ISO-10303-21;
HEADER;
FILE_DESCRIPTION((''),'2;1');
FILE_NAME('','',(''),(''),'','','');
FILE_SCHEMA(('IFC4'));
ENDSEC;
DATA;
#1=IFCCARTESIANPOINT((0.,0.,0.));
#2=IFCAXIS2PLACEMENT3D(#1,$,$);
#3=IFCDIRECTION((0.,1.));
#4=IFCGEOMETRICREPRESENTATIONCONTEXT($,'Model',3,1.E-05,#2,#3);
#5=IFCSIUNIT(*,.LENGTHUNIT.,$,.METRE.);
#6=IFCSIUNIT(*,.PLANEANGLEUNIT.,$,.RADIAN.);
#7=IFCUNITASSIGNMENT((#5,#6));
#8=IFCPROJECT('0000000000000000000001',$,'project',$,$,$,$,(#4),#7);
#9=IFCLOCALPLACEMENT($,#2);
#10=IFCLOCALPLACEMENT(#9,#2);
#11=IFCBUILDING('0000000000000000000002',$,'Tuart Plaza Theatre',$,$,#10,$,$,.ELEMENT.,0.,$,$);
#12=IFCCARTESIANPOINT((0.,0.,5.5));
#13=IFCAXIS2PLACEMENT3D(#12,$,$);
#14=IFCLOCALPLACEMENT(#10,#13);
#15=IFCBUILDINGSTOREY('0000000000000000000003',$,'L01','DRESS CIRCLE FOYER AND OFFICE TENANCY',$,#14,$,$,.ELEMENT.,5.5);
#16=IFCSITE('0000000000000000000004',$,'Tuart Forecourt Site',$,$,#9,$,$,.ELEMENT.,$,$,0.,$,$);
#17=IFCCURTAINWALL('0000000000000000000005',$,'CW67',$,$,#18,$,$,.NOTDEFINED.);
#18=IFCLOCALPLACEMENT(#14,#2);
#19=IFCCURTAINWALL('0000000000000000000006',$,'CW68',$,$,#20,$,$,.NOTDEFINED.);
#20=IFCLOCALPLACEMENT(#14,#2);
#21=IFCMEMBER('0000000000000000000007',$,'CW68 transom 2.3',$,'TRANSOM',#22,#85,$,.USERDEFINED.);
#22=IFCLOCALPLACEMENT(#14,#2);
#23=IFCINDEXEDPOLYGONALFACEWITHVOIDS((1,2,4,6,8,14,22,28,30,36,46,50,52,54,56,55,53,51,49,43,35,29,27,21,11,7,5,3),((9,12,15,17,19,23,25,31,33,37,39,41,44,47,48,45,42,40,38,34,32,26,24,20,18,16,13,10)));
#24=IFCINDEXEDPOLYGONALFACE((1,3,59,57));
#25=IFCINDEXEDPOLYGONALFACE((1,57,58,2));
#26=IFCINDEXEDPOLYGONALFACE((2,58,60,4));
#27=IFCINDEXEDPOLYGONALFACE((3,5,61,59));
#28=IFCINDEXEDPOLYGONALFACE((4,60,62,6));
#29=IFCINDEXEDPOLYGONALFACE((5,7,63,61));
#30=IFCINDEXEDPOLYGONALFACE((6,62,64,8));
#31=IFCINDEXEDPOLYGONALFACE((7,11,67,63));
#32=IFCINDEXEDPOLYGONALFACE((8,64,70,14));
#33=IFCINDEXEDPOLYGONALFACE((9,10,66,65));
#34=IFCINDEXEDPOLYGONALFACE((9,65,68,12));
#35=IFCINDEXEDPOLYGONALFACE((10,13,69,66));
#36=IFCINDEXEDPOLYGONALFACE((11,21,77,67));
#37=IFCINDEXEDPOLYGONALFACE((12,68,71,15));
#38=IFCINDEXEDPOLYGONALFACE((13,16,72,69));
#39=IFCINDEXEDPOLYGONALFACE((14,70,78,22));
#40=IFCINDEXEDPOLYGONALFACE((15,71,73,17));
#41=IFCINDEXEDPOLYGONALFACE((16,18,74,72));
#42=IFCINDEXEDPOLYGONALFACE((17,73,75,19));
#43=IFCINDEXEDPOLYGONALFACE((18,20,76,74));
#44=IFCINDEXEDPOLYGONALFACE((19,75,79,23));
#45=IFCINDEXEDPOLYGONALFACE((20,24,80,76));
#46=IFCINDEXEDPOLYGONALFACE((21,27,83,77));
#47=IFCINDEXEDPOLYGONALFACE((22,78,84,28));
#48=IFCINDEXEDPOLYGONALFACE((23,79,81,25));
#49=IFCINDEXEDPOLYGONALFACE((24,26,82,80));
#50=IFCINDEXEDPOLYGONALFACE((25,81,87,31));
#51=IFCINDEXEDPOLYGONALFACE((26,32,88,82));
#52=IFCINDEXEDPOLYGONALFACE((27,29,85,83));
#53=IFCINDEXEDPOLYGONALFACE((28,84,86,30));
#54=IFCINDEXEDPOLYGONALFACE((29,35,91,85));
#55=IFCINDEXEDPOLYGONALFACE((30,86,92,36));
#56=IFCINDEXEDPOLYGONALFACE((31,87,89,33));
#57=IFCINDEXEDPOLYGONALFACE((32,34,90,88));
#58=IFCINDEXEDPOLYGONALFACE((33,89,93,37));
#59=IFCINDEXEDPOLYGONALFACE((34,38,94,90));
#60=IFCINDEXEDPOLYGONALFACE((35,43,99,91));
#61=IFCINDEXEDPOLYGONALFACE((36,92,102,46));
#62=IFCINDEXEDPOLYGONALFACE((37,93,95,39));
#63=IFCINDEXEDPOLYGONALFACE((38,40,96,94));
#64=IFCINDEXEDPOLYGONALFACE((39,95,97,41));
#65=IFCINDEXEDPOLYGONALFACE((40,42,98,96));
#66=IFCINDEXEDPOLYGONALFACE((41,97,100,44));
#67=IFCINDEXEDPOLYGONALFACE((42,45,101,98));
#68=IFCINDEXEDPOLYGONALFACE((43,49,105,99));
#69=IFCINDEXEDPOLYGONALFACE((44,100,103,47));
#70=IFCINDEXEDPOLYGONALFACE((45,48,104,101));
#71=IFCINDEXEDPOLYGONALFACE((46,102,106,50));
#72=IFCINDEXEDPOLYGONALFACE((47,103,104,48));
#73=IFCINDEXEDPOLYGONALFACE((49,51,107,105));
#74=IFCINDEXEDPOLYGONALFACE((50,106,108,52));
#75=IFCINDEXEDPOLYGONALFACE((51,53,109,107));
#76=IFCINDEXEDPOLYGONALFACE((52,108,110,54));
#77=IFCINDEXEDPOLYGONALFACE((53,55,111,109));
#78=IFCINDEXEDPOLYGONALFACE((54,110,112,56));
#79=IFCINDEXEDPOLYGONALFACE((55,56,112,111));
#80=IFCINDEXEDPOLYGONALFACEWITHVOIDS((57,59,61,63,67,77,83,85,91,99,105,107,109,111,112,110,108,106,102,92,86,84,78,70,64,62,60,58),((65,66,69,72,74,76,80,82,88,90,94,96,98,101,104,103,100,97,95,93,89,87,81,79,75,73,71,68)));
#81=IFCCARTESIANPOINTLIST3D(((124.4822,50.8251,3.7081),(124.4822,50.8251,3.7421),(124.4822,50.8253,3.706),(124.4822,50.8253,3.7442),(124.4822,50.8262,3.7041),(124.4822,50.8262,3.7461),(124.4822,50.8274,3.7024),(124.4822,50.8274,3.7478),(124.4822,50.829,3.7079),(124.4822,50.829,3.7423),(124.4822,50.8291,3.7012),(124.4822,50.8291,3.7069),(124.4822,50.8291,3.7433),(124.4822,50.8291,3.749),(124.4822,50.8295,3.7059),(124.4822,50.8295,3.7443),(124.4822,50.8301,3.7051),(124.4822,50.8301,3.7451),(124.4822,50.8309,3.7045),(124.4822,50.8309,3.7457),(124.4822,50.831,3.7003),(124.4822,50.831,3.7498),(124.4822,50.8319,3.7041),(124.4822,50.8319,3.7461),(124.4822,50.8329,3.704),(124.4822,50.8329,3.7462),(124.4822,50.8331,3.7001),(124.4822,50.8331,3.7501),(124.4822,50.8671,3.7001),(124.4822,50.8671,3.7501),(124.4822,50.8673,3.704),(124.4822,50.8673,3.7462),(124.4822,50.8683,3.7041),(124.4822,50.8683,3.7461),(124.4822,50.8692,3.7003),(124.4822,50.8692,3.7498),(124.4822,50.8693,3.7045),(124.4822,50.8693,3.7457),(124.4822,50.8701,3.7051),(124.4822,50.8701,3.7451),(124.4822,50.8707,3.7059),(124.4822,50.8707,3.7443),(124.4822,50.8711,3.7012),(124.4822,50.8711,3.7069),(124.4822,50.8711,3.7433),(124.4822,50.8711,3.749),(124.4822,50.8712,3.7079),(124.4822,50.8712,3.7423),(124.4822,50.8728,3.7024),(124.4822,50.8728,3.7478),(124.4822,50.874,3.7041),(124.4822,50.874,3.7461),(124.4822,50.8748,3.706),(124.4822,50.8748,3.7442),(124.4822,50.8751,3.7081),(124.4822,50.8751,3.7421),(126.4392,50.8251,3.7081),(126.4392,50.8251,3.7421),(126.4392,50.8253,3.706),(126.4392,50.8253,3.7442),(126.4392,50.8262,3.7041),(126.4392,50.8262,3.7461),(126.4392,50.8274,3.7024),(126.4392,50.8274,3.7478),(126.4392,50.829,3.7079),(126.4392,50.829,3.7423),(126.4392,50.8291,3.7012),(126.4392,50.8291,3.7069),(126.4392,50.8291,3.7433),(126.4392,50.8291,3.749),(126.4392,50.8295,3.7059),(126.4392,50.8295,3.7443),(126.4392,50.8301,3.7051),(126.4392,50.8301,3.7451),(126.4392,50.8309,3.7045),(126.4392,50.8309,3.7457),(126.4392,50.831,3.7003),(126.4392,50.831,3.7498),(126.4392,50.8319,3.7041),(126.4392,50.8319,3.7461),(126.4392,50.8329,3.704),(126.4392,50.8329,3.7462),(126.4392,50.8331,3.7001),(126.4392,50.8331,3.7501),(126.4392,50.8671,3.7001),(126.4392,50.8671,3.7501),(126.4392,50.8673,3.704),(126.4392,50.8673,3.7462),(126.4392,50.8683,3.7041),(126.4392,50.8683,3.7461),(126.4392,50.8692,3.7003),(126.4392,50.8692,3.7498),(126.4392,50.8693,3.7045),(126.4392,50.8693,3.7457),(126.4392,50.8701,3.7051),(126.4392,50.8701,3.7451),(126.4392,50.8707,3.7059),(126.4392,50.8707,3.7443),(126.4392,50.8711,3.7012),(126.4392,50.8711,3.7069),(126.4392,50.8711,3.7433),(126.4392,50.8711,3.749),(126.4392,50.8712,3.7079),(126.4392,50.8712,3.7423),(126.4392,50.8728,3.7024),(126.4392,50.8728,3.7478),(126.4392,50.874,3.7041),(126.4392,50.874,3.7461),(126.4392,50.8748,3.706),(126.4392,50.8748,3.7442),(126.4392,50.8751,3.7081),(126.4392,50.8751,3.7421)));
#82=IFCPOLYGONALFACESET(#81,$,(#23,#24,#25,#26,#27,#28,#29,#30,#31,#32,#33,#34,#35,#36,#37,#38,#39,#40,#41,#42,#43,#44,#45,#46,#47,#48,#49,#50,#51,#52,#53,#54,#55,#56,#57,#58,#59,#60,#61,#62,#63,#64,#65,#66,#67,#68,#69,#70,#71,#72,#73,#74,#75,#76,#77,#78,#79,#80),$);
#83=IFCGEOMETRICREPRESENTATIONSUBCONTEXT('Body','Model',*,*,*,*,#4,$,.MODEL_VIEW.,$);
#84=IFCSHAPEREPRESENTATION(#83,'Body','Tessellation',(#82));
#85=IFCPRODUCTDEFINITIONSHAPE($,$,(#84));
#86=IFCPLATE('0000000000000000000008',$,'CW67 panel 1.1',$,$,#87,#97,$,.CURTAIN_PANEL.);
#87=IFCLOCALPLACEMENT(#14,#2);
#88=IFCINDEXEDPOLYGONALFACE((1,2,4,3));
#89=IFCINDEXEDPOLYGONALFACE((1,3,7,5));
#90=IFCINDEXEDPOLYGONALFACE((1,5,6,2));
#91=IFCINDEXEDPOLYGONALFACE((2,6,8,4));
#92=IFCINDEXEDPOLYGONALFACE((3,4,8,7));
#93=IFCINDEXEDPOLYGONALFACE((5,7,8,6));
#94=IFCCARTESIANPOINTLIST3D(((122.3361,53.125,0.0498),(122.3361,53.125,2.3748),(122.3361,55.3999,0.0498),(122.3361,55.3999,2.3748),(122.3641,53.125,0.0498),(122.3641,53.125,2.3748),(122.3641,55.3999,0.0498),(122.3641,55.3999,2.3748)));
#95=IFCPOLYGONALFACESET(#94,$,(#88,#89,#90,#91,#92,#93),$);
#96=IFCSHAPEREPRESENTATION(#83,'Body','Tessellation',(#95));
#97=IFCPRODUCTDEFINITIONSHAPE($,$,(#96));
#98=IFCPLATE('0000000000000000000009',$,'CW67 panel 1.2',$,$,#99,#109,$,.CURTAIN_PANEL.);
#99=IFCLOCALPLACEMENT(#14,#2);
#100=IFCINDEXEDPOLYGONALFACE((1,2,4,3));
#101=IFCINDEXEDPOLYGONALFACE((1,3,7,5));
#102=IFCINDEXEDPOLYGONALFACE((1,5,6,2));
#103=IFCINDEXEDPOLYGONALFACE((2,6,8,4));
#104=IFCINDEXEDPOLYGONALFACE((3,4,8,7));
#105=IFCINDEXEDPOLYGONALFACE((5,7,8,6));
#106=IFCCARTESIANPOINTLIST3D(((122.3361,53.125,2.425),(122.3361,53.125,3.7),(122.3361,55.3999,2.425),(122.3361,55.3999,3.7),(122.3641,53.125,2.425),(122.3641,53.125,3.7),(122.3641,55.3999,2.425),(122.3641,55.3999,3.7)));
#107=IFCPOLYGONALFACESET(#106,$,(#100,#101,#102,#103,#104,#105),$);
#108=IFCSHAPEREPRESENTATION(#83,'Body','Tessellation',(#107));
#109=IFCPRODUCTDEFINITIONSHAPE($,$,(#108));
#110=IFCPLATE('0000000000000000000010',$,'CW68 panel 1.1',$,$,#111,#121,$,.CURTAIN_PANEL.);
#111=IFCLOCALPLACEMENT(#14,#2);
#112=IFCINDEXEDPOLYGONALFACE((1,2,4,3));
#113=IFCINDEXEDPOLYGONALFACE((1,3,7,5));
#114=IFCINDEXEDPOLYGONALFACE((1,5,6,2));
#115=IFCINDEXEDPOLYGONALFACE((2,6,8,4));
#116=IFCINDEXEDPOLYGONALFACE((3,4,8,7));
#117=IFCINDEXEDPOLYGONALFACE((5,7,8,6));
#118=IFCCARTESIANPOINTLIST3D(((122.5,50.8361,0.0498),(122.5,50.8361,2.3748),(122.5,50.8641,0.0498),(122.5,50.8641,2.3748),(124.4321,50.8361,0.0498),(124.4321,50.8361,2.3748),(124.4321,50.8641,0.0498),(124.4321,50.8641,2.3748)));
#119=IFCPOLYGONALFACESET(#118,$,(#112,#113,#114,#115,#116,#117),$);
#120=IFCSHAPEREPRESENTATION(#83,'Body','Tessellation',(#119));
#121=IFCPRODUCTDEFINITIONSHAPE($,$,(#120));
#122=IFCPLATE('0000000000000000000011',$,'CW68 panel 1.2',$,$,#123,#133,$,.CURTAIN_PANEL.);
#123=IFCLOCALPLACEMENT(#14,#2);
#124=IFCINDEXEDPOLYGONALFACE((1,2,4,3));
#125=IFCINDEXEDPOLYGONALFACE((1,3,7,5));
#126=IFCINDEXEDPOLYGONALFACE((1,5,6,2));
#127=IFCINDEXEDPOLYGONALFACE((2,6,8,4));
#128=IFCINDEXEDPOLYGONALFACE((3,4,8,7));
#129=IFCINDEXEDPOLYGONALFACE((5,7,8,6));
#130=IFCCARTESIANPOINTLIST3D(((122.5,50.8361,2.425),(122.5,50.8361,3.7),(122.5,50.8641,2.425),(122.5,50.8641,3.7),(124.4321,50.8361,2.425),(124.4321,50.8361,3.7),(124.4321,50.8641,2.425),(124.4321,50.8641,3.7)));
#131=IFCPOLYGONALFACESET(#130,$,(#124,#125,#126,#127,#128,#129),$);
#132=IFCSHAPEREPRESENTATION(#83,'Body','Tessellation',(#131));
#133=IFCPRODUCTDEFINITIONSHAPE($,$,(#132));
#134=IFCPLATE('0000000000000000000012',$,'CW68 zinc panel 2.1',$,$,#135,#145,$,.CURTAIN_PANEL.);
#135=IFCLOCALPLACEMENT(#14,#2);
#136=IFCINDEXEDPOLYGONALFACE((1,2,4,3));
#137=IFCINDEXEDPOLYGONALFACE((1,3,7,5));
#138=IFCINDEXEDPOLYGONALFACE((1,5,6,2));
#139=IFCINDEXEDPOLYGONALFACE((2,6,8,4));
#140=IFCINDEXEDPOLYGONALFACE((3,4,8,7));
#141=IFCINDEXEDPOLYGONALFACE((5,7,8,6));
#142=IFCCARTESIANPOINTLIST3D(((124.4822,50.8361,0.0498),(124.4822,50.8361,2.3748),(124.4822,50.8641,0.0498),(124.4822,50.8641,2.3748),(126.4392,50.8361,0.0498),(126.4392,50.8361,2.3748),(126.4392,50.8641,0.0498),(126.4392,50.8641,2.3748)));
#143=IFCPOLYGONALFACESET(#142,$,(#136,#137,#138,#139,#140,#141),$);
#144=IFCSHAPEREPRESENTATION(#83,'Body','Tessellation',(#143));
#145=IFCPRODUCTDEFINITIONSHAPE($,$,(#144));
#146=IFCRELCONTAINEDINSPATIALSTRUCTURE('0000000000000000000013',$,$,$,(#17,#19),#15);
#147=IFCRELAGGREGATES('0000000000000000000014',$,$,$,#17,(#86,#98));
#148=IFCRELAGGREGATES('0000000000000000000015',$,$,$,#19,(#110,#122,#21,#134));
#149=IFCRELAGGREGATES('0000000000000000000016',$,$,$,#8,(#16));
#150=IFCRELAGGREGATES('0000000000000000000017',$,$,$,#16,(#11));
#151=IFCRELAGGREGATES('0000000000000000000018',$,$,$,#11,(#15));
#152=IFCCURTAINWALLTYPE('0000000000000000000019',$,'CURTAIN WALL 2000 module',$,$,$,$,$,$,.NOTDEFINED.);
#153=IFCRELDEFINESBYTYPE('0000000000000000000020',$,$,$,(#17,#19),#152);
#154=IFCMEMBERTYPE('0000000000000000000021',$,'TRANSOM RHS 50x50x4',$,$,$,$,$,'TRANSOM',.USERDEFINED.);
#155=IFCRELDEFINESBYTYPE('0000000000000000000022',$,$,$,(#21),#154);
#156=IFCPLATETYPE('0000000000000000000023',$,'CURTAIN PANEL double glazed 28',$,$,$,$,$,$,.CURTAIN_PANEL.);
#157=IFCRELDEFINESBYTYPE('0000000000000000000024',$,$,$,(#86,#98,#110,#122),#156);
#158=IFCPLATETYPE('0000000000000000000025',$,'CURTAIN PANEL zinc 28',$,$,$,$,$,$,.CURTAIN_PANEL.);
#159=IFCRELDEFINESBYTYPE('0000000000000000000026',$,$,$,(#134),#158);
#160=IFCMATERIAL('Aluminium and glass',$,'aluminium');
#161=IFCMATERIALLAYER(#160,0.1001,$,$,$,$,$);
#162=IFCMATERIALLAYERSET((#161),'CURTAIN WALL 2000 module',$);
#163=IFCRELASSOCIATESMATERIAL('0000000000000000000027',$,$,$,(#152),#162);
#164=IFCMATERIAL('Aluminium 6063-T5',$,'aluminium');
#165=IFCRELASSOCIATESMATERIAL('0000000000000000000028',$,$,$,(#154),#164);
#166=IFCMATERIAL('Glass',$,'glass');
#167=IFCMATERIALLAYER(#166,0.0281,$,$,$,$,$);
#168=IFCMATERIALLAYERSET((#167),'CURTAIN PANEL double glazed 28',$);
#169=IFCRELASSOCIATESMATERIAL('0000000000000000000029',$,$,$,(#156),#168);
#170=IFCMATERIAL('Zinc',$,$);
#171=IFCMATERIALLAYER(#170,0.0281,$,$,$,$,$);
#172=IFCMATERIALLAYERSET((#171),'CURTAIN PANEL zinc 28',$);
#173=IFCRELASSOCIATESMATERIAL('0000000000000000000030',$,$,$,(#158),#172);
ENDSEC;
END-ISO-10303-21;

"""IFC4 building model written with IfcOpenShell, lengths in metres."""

from ifc_helpers import new_model, si_unit, direction, frame, origin, origin_2d, place, context, subcontext, project, spatial, rectangle, hollow_rectangle, extrude, material, layer, layer_set, material_profile, profile_set, type_object, element, aggregate, save


model = new_model("IFC4")

# Units and contexts
model_context = context("Model", 3, precision=1e-05, world=origin(), true_north=direction((0.0, 1.0)))
body_context = subcontext(model_context, "Body", "Model", "MODEL_VIEW")
ifc_project = project(units=[si_unit("LENGTHUNIT", "METRE"), si_unit("PLANEANGLEUNIT", "RADIAN")], contexts=[model_context])

# Site, building, storey
site_placement = place(None, origin())
site = spatial("IfcSite", under=ifc_project, at=site_placement, Name="Tuart Forecourt Site", CompositionType="ELEMENT", RefElevation=0.0)
building_placement = place(site_placement, origin())
building = spatial("IfcBuilding", under=site, at=building_placement, Name="Tuart Plaza Theatre", CompositionType="ELEMENT", ElevationOfRefHeight=0.0)
storey_placement = place(building_placement, frame((0.0, 0.0, 5.5)))
storey = spatial("IfcBuildingStorey", under=building, at=storey_placement, Name="L01", Description="DRESS CIRCLE FOYER AND OFFICE TENANCY", CompositionType="ELEMENT", Elevation=5.5)

# Curtain walls
ifc_material_1 = material(Name="Aluminium and glass", Category="aluminium")
ifc_layer_1 = layer(ifc_material_1, 0.1001)
ifc_layer_set_1 = layer_set([ifc_layer_1], Name="CURTAIN WALL 2000 module")
curtain_wall_type = type_object("IfcCurtainWallType", Name="CURTAIN WALL 2000 module", PredefinedType="NOTDEFINED", material=ifc_layer_set_1)
curtain_wall_1_placement = place(storey_placement, origin())
curtain_wall_1 = element("IfcCurtainWall", 1, at=curtain_wall_1_placement, inside=storey, type_object=curtain_wall_type, Name="CW67", PredefinedType="NOTDEFINED")
curtain_wall_2_placement = place(storey_placement, origin())
curtain_wall_2 = element("IfcCurtainWall", 2, at=curtain_wall_2_placement, inside=storey, type_object=curtain_wall_type, Name="CW68", PredefinedType="NOTDEFINED")

# Member
ifc_material_2 = material(Name="Aluminium 6063-T5", Category="aluminium")
ifc_material_profile_1 = material_profile(ifc_material_2, hollow_rectangle(XDim=0.05, YDim=0.05, WallThickness=0.0039, InnerFilletRadius=0.0039, OuterFilletRadius=0.0081, at=origin_2d()), Name="RHS 50x50x4")
ifc_profile_set_1 = profile_set([ifc_material_profile_1], Name="Aluminium 6063-T5")
member_type_1 = type_object("IfcMemberType", Name="TRANSOM RHS 50x50x4", ElementType="TRANSOM", PredefinedType="USERDEFINED", material=ifc_profile_set_1)
member_1_placement = place(storey_placement, frame((124.4822, 50.8501, 3.7251), z_axis=(1.0, 0.0, 0.0), x_axis=(0.0, 1.0, 0.0)))
member_1 = element("IfcMember", 3, at=member_1_placement, type_object=member_type_1, Name="CW68 transom 2.3", ObjectType="TRANSOM", PredefinedType="USERDEFINED", context=body_context, shape_type="SweptSolid", body=[
    extrude(hollow_rectangle(XDim=0.05, YDim=0.05, WallThickness=0.0039, InnerFilletRadius=0.0039, OuterFilletRadius=0.0081, at=origin_2d()), origin(), (0.0, 0.0, 1.0), 1.957),
])

# Plates
ifc_material_3 = material(Name="Glass", Category="glass")
ifc_layer_2 = layer(ifc_material_3, 0.0281)
ifc_layer_set_2 = layer_set([ifc_layer_2], Name="CURTAIN PANEL double glazed 28")
plate_type_1 = type_object("IfcPlateType", Name="CURTAIN PANEL double glazed 28", PredefinedType="CURTAIN_PANEL", material=ifc_layer_set_2)
plate_1_placement = place(storey_placement, frame((122.3501, 54.2625, 0.0498), z_axis=(0.0, 0.0, 1.0), x_axis=(0.0, -1.0, 0.0)))
plate_1 = element("IfcPlate", 4, at=plate_1_placement, type_object=plate_type_1, Name="CW67 panel 1.1", PredefinedType="CURTAIN_PANEL", context=body_context, shape_type="SweptSolid", body=[
    extrude(rectangle(XDim=2.2749, YDim=0.0281, at=origin_2d()), origin(), (0.0, 0.0, 1.0), 2.325),
])
plate_2_placement = place(storey_placement, frame((122.3501, 54.2625, 2.425), z_axis=(0.0, 0.0, 1.0), x_axis=(0.0, -1.0, 0.0)))
plate_2 = element("IfcPlate", 5, at=plate_2_placement, type_object=plate_type_1, Name="CW67 panel 1.2", PredefinedType="CURTAIN_PANEL", context=body_context, shape_type="SweptSolid", body=[
    extrude(rectangle(XDim=2.2749, YDim=0.0281, at=origin_2d()), origin(), (0.0, 0.0, 1.0), 1.2749),
])
aggregate(curtain_wall_1, [plate_1, plate_2])
plate_3_placement = place(storey_placement, frame((123.4661, 50.8501, 0.0498), z_axis=(0.0, 0.0, 1.0), x_axis=(1.0, 0.0, 0.0)))
plate_3 = element("IfcPlate", 6, at=plate_3_placement, type_object=plate_type_1, Name="CW68 panel 1.1", PredefinedType="CURTAIN_PANEL", context=body_context, shape_type="SweptSolid", body=[
    extrude(rectangle(XDim=1.9321, YDim=0.0281, at=origin_2d()), origin(), (0.0, 0.0, 1.0), 2.325),
])
plate_4_placement = place(storey_placement, frame((123.4661, 50.8501, 2.425), z_axis=(0.0, 0.0, 1.0), x_axis=(1.0, 0.0, 0.0)))
plate_4 = element("IfcPlate", 7, at=plate_4_placement, type_object=plate_type_1, Name="CW68 panel 1.2", PredefinedType="CURTAIN_PANEL", context=body_context, shape_type="SweptSolid", body=[
    extrude(rectangle(XDim=1.9321, YDim=0.0281, at=origin_2d()), origin(), (0.0, 0.0, 1.0), 1.2749),
])
ifc_material_4 = material(Name="Zinc")
ifc_layer_3 = layer(ifc_material_4, 0.0281)
ifc_layer_set_3 = layer_set([ifc_layer_3], Name="CURTAIN PANEL zinc 28")
plate_type_2 = type_object("IfcPlateType", Name="CURTAIN PANEL zinc 28", PredefinedType="CURTAIN_PANEL", material=ifc_layer_set_3)
plate_5_placement = place(storey_placement, frame((125.4607, 50.8501, 0.0498), z_axis=(0.0, 0.0, 1.0), x_axis=(1.0, 0.0, 0.0)))
plate_5 = element("IfcPlate", 8, at=plate_5_placement, type_object=plate_type_2, Name="CW68 zinc panel 2.1", PredefinedType="CURTAIN_PANEL", context=body_context, shape_type="SweptSolid", body=[
    extrude(rectangle(XDim=1.957, YDim=0.0281, at=origin_2d()), origin(), (0.0, 0.0, 1.0), 2.325),
])
aggregate(curtain_wall_2, [plate_3, plate_4, member_1, plate_5])

save(model, "model.ifc")
